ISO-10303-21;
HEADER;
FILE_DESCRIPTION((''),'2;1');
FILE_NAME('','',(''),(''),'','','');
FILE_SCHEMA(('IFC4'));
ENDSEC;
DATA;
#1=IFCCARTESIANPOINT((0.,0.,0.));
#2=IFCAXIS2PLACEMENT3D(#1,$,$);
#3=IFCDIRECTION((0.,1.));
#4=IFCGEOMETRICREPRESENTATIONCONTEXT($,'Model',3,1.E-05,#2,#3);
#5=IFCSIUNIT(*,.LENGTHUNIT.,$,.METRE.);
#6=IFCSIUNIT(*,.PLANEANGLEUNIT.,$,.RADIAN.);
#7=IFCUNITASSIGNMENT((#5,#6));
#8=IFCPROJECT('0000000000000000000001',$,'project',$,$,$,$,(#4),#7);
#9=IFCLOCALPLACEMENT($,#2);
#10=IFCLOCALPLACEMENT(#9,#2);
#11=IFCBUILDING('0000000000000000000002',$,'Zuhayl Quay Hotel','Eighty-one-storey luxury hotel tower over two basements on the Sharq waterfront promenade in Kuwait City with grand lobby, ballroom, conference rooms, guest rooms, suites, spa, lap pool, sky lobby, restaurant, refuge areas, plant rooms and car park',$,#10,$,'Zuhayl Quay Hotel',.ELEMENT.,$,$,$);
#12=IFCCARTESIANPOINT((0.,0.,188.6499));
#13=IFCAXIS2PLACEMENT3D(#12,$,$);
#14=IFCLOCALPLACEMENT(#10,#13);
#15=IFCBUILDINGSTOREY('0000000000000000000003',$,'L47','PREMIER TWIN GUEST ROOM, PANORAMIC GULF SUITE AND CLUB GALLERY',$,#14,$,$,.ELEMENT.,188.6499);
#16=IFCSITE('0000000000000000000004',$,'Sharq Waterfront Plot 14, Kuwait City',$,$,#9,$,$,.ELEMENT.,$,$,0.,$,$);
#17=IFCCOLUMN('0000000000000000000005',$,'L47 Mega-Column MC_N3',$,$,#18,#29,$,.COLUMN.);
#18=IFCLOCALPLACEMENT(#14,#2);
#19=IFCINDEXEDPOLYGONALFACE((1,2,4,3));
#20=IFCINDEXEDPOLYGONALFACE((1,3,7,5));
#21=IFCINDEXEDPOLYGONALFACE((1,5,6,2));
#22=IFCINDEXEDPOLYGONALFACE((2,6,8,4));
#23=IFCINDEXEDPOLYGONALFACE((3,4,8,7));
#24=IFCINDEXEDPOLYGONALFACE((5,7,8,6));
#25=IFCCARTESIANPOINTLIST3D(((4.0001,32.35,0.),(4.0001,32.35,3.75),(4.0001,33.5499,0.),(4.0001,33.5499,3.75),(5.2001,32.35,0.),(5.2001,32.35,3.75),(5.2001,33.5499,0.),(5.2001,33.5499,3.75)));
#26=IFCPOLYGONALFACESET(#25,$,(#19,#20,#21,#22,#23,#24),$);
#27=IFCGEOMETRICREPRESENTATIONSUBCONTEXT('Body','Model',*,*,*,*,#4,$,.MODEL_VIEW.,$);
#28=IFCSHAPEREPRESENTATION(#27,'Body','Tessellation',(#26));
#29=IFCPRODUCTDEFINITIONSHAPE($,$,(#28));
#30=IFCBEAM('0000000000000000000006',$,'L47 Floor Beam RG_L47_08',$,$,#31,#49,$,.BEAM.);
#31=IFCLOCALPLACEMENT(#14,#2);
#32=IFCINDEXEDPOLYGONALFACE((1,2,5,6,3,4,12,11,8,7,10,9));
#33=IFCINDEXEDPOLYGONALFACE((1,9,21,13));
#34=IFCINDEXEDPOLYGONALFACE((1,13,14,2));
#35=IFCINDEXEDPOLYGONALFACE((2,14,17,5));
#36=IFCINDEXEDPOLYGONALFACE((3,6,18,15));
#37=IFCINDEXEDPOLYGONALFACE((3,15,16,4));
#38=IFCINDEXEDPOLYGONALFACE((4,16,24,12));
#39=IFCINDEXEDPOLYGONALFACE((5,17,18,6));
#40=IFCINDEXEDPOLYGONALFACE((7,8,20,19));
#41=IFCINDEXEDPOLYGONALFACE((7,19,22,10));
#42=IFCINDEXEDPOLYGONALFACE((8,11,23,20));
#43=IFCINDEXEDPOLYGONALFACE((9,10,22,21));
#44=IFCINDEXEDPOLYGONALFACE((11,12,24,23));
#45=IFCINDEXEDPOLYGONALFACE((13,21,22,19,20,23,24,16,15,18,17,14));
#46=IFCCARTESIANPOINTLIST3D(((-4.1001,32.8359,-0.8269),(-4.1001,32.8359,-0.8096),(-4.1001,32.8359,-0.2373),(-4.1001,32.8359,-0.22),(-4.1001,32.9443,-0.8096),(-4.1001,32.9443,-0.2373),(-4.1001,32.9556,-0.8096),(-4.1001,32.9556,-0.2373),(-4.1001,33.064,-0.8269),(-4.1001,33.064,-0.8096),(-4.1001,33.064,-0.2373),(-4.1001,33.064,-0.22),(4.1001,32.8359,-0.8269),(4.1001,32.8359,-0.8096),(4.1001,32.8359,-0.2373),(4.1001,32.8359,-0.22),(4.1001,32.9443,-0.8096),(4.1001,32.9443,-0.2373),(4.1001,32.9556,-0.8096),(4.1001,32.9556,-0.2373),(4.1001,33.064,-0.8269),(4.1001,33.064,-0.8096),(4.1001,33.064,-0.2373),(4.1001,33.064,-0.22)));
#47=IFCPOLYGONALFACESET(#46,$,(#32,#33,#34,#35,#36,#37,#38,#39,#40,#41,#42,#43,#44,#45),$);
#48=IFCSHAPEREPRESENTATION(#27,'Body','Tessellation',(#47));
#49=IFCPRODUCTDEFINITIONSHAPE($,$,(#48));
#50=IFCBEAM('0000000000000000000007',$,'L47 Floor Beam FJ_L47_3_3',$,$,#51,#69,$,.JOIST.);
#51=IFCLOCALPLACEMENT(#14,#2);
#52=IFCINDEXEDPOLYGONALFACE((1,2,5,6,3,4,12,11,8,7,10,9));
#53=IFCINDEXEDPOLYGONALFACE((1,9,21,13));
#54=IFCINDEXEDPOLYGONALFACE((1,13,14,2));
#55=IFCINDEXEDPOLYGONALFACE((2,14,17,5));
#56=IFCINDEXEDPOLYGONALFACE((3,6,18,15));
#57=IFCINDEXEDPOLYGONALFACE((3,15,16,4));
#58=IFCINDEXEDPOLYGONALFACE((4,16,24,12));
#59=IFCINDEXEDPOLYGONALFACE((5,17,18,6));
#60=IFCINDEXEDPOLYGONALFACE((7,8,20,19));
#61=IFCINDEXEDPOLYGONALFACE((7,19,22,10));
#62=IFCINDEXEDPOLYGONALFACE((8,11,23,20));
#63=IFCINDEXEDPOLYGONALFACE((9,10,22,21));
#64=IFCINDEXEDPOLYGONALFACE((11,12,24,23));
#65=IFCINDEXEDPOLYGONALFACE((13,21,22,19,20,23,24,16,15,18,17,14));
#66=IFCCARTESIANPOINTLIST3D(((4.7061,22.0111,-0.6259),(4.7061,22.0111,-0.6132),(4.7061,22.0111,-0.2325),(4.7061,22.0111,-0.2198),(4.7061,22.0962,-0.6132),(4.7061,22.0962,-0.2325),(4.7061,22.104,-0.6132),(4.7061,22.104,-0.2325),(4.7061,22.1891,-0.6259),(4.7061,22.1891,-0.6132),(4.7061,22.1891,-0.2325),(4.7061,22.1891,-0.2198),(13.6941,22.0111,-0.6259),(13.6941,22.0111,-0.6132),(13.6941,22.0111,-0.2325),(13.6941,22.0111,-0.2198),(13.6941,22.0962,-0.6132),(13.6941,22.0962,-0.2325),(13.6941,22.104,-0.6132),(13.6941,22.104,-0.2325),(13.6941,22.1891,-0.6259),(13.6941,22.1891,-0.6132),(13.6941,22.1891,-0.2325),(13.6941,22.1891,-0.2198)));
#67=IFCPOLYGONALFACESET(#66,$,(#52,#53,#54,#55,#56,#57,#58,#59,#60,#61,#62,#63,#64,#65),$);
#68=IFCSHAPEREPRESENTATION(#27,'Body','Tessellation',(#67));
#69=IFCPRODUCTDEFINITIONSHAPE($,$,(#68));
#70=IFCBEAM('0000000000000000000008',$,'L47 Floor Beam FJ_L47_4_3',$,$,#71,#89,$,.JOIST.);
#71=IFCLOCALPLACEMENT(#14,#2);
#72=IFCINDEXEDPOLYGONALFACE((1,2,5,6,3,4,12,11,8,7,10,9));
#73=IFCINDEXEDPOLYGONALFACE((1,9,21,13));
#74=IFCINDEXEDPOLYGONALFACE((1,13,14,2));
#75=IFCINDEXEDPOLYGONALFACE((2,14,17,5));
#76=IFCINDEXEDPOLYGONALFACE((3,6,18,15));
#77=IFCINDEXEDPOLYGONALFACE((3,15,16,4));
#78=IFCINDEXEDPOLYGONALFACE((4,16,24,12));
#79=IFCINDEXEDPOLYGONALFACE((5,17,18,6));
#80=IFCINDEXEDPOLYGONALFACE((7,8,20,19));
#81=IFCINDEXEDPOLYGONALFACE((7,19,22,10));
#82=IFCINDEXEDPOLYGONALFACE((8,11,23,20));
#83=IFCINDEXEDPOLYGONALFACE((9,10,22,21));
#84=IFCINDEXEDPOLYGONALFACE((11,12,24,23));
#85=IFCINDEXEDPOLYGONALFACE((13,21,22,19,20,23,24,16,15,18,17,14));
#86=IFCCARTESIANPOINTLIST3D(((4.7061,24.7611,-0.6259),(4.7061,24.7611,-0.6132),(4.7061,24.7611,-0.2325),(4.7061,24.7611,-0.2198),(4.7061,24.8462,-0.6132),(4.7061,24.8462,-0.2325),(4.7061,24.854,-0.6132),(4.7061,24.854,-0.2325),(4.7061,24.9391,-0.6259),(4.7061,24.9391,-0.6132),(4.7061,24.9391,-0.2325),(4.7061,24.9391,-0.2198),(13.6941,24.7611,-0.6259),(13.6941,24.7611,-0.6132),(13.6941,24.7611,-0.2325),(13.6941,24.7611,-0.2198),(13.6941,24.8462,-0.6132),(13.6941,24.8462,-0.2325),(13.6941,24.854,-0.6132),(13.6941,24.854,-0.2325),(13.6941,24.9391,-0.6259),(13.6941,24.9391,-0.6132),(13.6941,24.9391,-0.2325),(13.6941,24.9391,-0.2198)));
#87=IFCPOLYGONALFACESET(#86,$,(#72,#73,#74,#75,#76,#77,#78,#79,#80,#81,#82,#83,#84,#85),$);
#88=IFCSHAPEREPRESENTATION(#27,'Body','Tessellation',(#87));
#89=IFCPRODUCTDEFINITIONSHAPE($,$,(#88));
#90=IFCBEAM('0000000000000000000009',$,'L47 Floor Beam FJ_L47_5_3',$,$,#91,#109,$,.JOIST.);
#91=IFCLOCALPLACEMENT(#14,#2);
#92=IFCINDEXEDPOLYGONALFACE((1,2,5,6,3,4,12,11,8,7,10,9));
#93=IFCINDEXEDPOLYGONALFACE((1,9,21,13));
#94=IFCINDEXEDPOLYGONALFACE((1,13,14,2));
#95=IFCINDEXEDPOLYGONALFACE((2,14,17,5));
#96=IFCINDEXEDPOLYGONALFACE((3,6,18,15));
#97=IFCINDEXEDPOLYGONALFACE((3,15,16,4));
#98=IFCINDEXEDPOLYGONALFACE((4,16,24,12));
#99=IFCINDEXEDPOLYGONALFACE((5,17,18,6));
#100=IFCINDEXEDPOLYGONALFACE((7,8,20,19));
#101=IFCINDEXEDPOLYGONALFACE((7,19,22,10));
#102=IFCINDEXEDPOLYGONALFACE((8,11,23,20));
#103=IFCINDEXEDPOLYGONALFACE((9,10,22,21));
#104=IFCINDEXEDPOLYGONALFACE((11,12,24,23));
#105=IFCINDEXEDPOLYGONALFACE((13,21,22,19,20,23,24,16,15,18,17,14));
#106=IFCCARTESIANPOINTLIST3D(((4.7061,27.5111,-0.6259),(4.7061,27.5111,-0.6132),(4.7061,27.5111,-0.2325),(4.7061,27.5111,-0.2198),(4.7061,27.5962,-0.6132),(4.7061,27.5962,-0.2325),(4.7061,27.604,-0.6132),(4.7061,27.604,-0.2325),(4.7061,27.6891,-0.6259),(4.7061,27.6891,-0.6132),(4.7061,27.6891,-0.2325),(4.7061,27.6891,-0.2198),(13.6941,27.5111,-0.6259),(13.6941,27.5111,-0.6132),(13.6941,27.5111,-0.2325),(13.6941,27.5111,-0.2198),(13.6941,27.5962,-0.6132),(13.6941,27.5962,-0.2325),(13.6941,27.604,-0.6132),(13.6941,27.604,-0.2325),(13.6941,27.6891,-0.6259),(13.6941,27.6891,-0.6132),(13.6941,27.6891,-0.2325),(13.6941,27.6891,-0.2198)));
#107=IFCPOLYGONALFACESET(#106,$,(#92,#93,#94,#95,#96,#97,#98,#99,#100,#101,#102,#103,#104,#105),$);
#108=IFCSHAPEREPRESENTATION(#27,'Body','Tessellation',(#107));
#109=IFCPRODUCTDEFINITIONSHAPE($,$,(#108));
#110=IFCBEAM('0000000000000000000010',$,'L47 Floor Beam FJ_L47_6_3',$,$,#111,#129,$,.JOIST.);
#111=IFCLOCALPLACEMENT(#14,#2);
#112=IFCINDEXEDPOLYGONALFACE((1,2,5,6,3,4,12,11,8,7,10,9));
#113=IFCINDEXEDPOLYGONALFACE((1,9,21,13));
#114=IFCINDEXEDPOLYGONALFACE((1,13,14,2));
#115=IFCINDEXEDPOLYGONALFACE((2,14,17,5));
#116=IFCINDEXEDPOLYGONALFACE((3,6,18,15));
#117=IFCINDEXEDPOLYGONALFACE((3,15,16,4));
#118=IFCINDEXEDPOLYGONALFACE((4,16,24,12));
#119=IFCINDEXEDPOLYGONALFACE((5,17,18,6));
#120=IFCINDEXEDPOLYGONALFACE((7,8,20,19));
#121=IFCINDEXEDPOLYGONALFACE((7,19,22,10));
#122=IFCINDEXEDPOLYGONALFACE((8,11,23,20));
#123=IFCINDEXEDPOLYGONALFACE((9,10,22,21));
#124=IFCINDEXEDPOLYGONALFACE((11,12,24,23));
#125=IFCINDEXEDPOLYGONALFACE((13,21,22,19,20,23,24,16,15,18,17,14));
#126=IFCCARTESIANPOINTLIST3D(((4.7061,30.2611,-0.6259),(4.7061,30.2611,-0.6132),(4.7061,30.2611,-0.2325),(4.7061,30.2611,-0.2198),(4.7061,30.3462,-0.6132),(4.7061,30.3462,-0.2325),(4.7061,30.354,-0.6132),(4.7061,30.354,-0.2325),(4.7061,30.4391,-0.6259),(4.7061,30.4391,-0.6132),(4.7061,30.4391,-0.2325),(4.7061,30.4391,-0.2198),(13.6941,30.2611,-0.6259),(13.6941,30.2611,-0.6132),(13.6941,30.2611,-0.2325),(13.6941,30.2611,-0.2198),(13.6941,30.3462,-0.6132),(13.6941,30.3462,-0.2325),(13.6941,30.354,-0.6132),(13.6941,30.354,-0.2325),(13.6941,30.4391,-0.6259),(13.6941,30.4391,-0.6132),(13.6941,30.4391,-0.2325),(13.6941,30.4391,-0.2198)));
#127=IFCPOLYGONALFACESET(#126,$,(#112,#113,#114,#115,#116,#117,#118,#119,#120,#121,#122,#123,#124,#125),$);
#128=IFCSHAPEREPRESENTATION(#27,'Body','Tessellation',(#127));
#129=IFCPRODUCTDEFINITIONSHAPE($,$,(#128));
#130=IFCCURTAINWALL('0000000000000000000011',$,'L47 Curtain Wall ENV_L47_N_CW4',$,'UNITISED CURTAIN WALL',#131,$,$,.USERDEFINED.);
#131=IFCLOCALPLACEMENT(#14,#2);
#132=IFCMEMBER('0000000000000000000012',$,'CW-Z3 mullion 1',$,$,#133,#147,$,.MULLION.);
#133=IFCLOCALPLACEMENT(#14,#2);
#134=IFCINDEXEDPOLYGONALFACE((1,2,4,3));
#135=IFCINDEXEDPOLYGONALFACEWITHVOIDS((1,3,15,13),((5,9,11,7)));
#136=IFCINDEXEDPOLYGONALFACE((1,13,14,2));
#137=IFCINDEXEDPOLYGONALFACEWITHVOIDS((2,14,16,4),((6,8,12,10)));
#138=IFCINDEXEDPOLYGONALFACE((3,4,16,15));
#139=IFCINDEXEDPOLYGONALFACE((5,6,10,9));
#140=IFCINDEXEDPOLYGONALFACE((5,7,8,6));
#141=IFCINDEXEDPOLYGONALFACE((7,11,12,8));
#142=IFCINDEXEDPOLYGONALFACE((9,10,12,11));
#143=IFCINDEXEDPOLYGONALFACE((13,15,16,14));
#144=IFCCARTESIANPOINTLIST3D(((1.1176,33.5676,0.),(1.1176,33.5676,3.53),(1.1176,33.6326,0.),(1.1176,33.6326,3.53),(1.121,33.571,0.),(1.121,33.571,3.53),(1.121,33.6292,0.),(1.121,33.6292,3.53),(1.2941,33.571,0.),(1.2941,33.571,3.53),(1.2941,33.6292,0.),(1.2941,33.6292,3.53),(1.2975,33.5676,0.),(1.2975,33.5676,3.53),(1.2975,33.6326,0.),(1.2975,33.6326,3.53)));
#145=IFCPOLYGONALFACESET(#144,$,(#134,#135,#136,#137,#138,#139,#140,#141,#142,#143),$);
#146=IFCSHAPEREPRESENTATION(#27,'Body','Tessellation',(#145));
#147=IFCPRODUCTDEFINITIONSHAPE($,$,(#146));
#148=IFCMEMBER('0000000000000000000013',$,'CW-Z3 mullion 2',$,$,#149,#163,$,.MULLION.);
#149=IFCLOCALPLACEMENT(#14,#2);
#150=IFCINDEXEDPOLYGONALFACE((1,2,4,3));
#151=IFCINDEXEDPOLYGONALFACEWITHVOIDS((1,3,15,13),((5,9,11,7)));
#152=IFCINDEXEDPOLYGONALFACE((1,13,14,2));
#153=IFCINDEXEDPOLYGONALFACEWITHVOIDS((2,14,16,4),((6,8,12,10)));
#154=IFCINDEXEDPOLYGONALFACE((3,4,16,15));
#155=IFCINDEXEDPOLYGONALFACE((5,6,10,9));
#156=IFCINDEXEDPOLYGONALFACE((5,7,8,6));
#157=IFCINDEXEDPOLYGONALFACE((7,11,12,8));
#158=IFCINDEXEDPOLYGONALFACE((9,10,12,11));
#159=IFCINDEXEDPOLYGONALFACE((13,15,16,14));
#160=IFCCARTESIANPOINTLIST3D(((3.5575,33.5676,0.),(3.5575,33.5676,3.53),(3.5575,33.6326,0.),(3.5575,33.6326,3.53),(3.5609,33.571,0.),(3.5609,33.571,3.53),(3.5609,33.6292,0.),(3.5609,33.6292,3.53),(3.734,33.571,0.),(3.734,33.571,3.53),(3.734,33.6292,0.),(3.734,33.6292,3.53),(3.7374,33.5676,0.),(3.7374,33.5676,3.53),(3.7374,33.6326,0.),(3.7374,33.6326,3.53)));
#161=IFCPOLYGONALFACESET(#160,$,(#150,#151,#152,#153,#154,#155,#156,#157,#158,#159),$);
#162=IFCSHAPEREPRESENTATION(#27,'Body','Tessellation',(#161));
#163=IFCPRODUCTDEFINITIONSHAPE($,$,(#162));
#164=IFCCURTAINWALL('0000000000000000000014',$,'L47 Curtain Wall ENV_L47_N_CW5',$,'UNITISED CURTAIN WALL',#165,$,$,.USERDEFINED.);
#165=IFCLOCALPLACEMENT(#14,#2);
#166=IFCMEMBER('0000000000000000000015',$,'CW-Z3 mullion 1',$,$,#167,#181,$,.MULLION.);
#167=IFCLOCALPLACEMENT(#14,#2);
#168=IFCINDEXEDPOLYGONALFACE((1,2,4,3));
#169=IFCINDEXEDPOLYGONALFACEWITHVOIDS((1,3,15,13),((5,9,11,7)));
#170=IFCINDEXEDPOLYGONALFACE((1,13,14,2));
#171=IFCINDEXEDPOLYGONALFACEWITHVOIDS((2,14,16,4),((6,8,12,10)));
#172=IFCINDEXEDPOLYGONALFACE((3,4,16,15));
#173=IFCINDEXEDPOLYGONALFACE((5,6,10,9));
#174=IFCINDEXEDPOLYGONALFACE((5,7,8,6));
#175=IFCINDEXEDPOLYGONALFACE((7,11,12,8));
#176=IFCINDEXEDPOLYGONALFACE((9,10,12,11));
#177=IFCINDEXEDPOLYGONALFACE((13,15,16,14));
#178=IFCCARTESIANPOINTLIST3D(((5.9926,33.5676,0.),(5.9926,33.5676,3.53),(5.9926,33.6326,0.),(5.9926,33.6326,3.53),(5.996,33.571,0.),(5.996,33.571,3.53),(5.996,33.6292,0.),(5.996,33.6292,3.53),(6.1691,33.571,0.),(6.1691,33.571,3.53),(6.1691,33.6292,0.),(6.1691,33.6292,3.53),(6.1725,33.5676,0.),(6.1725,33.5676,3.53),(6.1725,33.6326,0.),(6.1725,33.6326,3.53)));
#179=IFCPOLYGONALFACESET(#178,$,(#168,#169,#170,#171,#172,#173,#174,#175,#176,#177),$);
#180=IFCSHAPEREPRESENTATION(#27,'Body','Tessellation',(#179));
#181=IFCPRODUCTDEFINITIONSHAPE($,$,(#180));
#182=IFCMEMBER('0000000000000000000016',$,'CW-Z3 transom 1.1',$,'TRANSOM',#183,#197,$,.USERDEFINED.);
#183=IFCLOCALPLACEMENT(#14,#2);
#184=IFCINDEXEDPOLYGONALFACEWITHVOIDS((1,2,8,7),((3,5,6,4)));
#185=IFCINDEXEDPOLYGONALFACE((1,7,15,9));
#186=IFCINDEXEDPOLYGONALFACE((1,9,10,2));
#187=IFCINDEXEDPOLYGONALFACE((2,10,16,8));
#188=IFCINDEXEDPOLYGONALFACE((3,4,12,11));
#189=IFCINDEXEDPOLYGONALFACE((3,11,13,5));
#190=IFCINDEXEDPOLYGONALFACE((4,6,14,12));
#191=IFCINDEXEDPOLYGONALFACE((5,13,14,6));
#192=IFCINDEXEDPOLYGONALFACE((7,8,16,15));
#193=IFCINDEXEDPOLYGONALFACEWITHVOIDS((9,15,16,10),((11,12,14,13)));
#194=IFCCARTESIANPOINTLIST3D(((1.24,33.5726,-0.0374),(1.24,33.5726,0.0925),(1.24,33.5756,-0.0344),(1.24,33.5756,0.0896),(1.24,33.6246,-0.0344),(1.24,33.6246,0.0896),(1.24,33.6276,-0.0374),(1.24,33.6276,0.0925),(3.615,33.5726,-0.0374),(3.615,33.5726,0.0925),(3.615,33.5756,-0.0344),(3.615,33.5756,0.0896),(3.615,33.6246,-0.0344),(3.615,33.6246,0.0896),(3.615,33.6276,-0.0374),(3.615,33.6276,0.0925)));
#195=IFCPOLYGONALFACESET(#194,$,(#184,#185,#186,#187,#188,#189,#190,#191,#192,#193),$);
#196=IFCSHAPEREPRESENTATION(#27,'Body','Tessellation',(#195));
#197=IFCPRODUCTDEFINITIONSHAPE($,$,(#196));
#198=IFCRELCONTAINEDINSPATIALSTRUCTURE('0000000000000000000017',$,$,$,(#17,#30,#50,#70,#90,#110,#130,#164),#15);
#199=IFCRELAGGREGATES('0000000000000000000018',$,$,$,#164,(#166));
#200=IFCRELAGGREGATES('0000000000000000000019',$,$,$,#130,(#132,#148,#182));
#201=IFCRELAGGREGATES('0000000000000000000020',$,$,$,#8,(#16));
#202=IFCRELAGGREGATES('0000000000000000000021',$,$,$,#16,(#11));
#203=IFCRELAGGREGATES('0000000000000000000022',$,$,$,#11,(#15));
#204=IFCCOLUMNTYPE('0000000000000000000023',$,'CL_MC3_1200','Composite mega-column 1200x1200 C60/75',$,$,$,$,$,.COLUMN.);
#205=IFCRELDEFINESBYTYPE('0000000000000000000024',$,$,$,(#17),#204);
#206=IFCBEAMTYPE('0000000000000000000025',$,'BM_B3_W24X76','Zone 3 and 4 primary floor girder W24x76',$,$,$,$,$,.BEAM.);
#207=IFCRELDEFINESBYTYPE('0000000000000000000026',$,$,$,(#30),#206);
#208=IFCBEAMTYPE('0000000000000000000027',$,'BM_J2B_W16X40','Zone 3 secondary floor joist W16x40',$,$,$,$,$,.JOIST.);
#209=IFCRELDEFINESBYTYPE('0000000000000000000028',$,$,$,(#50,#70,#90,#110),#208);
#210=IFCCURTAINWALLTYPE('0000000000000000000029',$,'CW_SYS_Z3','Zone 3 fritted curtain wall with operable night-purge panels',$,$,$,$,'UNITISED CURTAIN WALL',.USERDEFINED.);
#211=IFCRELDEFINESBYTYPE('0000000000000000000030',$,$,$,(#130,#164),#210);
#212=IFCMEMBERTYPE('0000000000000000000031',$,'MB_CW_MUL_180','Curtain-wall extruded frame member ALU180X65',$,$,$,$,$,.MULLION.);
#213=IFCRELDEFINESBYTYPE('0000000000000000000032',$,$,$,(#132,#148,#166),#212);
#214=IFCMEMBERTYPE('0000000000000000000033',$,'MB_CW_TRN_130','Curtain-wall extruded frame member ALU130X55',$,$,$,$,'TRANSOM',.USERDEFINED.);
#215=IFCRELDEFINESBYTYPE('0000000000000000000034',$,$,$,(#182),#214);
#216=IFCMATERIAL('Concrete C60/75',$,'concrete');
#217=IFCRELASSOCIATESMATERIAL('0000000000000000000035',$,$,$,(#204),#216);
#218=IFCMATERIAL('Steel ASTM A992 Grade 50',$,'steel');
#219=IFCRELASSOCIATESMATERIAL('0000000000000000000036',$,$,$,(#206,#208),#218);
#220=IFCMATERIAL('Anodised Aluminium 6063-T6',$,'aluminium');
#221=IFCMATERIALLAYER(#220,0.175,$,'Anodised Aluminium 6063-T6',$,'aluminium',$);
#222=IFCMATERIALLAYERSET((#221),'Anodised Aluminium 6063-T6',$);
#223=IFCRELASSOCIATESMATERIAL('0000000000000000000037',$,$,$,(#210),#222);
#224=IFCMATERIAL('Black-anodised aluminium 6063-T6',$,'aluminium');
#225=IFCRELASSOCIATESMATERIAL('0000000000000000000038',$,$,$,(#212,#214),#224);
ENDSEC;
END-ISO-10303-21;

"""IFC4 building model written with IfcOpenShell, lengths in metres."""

from ifc_helpers import new_model, si_unit, direction, frame, origin, origin_2d, place, context, subcontext, project, spatial, rectangle, hollow_rectangle, i_section, extrude, material, layer, layer_set, material_profile, profile_set, type_object, element, aggregate, save


model = new_model("IFC4")

# Units and contexts
model_context = context("Model", 3, precision=1e-05, world=origin(), true_north=direction((0.0, 1.0)))
body_context = subcontext(model_context, "Body", "Model", "MODEL_VIEW")
ifc_project = project(units=[si_unit("LENGTHUNIT", "METRE"), si_unit("PLANEANGLEUNIT", "RADIAN")], contexts=[model_context])

# Site, building, storey
site_placement = place(None, origin())
site = spatial("IfcSite", under=ifc_project, at=site_placement, Name="Sharq Waterfront Plot 14, Kuwait City", CompositionType="ELEMENT", RefElevation=0.0)
building_placement = place(site_placement, origin())
building = spatial("IfcBuilding", under=site, at=building_placement, Name="Zuhayl Quay Hotel", Description="Eighty-one-storey luxury hotel tower over two basements on the Sharq waterfront promenade in Kuwait City with grand lobby, ballroom, conference rooms, guest rooms, suites, spa, lap pool, sky lobby, restaurant, refuge areas, plant rooms and car park", LongName="Zuhayl Quay Hotel", CompositionType="ELEMENT")
storey_placement = place(building_placement, frame((0.0, 0.0, 188.6499)))
storey = spatial("IfcBuildingStorey", under=building, at=storey_placement, Name="L47", Description="PREMIER TWIN GUEST ROOM, PANORAMIC GULF SUITE AND CLUB GALLERY", CompositionType="ELEMENT", Elevation=188.6499)

# Column
ifc_material_1 = material(Name="Concrete C60/75", Category="concrete")
ifc_material_profile_1 = material_profile(ifc_material_1, rectangle(XDim=1.2, YDim=1.2, at=origin_2d()), Name="RC1200X1200")
ifc_profile_set_1 = profile_set([ifc_material_profile_1], Name="Concrete C60/75")
column_type = type_object("IfcColumnType", Name="CL_MC3_1200", Description="Composite mega-column 1200x1200 C60/75", PredefinedType="COLUMN", material=ifc_profile_set_1)
column_placement = place(storey_placement, frame((4.6001, 32.95, 0.0), z_axis=(0.0, 0.0, 1.0), x_axis=(1.0, 0.0, 0.0)))
element("IfcColumn", 1, at=column_placement, inside=storey, type_object=column_type, Name="L47 Mega-Column MC_N3", PredefinedType="COLUMN", context=body_context, shape_type="SweptSolid", body=[
    extrude(rectangle(XDim=1.2, YDim=1.2, at=origin_2d()), origin(), (0.0, 0.0, 1.0), 3.75),
])

# Beams
ifc_material_2 = material(Name="Steel ASTM A992 Grade 50", Category="steel")
ifc_material_profile_2 = material_profile(ifc_material_2, i_section(OverallWidth=0.228, OverallDepth=0.6069, WebThickness=0.0112, FlangeThickness=0.0173, at=origin_2d()), Name="W24X76")
ifc_profile_set_2 = profile_set([ifc_material_profile_2], Name="Steel ASTM A992 Grade 50")
beam_type_1 = type_object("IfcBeamType", Name="BM_B3_W24X76", Description="Zone 3 and 4 primary floor girder W24x76", PredefinedType="BEAM", material=ifc_profile_set_2)
beam_placement = place(storey_placement, frame((4.1001, 32.95, -0.5234), z_axis=(-1.0, 0.0, 0.0), x_axis=(0.0, -1.0, 0.0)))
element("IfcBeam", 2, at=beam_placement, inside=storey, type_object=beam_type_1, Name="L47 Floor Beam RG_L47_08", PredefinedType="BEAM", context=body_context, shape_type="SweptSolid", body=[
    extrude(i_section(OverallWidth=0.228, OverallDepth=0.6069, WebThickness=0.0112, FlangeThickness=0.0173, at=origin_2d()), origin(), (0.0, 0.0, 1.0), 8.2002),
])
ifc_material_profile_3 = material_profile(ifc_material_2, i_section(OverallWidth=0.178, OverallDepth=0.406, WebThickness=0.0078, FlangeThickness=0.0127, at=origin_2d()), Name="W16X40")
ifc_profile_set_3 = profile_set([ifc_material_profile_3], Name="Steel ASTM A992 Grade 50")
beam_type_2 = type_object("IfcBeamType", Name="BM_J2B_W16X40", Description="Zone 3 secondary floor joist W16x40", PredefinedType="JOIST", material=ifc_profile_set_3)
for number, where, z_axis, x_axis, name in (
    (3, (4.7061, 22.1001, -0.4229), (1.0, 0.0, 0.0), (0.0, 1.0, 0.0), "L47 Floor Beam FJ_L47_3_3"),
    (4, (4.7061, 24.8501, -0.4229), (1.0, 0.0, 0.0), (0.0, 1.0, 0.0), "L47 Floor Beam FJ_L47_4_3"),
    (5, (4.7061, 27.6001, -0.4229), (1.0, 0.0, 0.0), (0.0, 1.0, 0.0), "L47 Floor Beam FJ_L47_5_3"),
    (6, (4.7061, 30.3501, -0.4229), (1.0, 0.0, 0.0), (0.0, 1.0, 0.0), "L47 Floor Beam FJ_L47_6_3"),
):
    element("IfcBeam", number, at=place(storey_placement, frame(where, z_axis=z_axis, x_axis=x_axis)), inside=storey, type_object=beam_type_2, Name=name, PredefinedType="JOIST", context=body_context, shape_type="SweptSolid", body=[
        extrude(i_section(OverallWidth=0.178, OverallDepth=0.406, WebThickness=0.0078, FlangeThickness=0.0127, at=origin_2d()), origin(), (0.0, 0.0, 1.0), 8.988),
    ])

# Curtain wall, members
ifc_material_3 = material(Name="Anodised Aluminium 6063-T6", Category="aluminium")
ifc_layer_1 = layer(ifc_material_3, 0.175, Name="Anodised Aluminium 6063-T6", Category="aluminium")
ifc_layer_set_1 = layer_set([ifc_layer_1], Name="Anodised Aluminium 6063-T6")
curtain_wall_type = type_object("IfcCurtainWallType", Name="CW_SYS_Z3", Description="Zone 3 fritted curtain wall with operable night-purge panels", ElementType="UNITISED CURTAIN WALL", PredefinedType="USERDEFINED", material=ifc_layer_set_1)
curtain_wall_1_placement = place(storey_placement, origin())
curtain_wall_1 = element("IfcCurtainWall", 7, at=curtain_wall_1_placement, inside=storey, type_object=curtain_wall_type, Name="L47 Curtain Wall ENV_L47_N_CW4", ObjectType="UNITISED CURTAIN WALL", PredefinedType="USERDEFINED")
ifc_material_4 = material(Name="Black-anodised aluminium 6063-T6", Category="aluminium")
ifc_material_profile_4 = material_profile(ifc_material_4, hollow_rectangle(XDim=0.0649, YDim=0.1799, WallThickness=0.0034, at=origin_2d()), Name="ALU180X65")
ifc_profile_set_4 = profile_set([ifc_material_profile_4], Name="Black-anodised aluminium 6063-T6")
member_type_1 = type_object("IfcMemberType", Name="MB_CW_MUL_180", Description="Curtain-wall extruded frame member ALU180X65", PredefinedType="MULLION", material=ifc_profile_set_4)
member_1_placement = place(storey_placement, frame((1.2075, 33.6001, 0.0), z_axis=(0.0, 0.0, 1.0), x_axis=(0.0, 1.0, 0.0)))
member_1 = element("IfcMember", 8, at=member_1_placement, type_object=member_type_1, Name="CW-Z3 mullion 1", PredefinedType="MULLION", context=body_context, shape_type="SweptSolid", body=[
    extrude(hollow_rectangle(XDim=0.0649, YDim=0.1799, WallThickness=0.0034, at=origin_2d()), origin(), (0.0, 0.0, 1.0), 3.53),
])
member_2_placement = place(storey_placement, frame((3.6475, 33.6001, 0.0), z_axis=(0.0, 0.0, 1.0), x_axis=(0.0, 1.0, 0.0)))
member_2 = element("IfcMember", 9, at=member_2_placement, type_object=member_type_1, Name="CW-Z3 mullion 2", PredefinedType="MULLION", context=body_context, shape_type="SweptSolid", body=[
    extrude(hollow_rectangle(XDim=0.0649, YDim=0.1799, WallThickness=0.0034, at=origin_2d()), origin(), (0.0, 0.0, 1.0), 3.53),
])

# Curtain wall, member
curtain_wall_2_placement = place(storey_placement, origin())
curtain_wall_2 = element("IfcCurtainWall", 10, at=curtain_wall_2_placement, inside=storey, type_object=curtain_wall_type, Name="L47 Curtain Wall ENV_L47_N_CW5", ObjectType="UNITISED CURTAIN WALL", PredefinedType="USERDEFINED")
member_3_placement = place(storey_placement, frame((6.0825, 33.6001, 0.0), z_axis=(0.0, 0.0, 1.0), x_axis=(0.0, 1.0, 0.0)))
member_3 = element("IfcMember", 11, at=member_3_placement, type_object=member_type_1, Name="CW-Z3 mullion 1", PredefinedType="MULLION", context=body_context, shape_type="SweptSolid", body=[
    extrude(hollow_rectangle(XDim=0.0649, YDim=0.1799, WallThickness=0.0034, at=origin_2d()), origin(), (0.0, 0.0, 1.0), 3.53),
])

# Member
ifc_material_profile_5 = material_profile(ifc_material_4, hollow_rectangle(XDim=0.0549, YDim=0.1299, WallThickness=0.0029, at=origin_2d()), Name="ALU130X55")
ifc_profile_set_5 = profile_set([ifc_material_profile_5], Name="Black-anodised aluminium 6063-T6")
member_type_2 = type_object("IfcMemberType", Name="MB_CW_TRN_130", Description="Curtain-wall extruded frame member ALU130X55", ElementType="TRANSOM", PredefinedType="USERDEFINED", material=ifc_profile_set_5)
member_4_placement = place(storey_placement, frame((1.24, 33.6001, 0.0276), z_axis=(1.0, 0.0, 0.0), x_axis=(0.0, 1.0, 0.0)))
member_4 = element("IfcMember", 12, at=member_4_placement, type_object=member_type_2, Name="CW-Z3 transom 1.1", ObjectType="TRANSOM", PredefinedType="USERDEFINED", context=body_context, shape_type="SweptSolid", body=[
    extrude(hollow_rectangle(XDim=0.0549, YDim=0.1299, WallThickness=0.0029, at=origin_2d()), origin(), (0.0, 0.0, 1.0), 2.375),
])
aggregate(curtain_wall_2, [member_3])

aggregate(curtain_wall_1, [member_1, member_2, member_4])

save(model, "model.ifc")
